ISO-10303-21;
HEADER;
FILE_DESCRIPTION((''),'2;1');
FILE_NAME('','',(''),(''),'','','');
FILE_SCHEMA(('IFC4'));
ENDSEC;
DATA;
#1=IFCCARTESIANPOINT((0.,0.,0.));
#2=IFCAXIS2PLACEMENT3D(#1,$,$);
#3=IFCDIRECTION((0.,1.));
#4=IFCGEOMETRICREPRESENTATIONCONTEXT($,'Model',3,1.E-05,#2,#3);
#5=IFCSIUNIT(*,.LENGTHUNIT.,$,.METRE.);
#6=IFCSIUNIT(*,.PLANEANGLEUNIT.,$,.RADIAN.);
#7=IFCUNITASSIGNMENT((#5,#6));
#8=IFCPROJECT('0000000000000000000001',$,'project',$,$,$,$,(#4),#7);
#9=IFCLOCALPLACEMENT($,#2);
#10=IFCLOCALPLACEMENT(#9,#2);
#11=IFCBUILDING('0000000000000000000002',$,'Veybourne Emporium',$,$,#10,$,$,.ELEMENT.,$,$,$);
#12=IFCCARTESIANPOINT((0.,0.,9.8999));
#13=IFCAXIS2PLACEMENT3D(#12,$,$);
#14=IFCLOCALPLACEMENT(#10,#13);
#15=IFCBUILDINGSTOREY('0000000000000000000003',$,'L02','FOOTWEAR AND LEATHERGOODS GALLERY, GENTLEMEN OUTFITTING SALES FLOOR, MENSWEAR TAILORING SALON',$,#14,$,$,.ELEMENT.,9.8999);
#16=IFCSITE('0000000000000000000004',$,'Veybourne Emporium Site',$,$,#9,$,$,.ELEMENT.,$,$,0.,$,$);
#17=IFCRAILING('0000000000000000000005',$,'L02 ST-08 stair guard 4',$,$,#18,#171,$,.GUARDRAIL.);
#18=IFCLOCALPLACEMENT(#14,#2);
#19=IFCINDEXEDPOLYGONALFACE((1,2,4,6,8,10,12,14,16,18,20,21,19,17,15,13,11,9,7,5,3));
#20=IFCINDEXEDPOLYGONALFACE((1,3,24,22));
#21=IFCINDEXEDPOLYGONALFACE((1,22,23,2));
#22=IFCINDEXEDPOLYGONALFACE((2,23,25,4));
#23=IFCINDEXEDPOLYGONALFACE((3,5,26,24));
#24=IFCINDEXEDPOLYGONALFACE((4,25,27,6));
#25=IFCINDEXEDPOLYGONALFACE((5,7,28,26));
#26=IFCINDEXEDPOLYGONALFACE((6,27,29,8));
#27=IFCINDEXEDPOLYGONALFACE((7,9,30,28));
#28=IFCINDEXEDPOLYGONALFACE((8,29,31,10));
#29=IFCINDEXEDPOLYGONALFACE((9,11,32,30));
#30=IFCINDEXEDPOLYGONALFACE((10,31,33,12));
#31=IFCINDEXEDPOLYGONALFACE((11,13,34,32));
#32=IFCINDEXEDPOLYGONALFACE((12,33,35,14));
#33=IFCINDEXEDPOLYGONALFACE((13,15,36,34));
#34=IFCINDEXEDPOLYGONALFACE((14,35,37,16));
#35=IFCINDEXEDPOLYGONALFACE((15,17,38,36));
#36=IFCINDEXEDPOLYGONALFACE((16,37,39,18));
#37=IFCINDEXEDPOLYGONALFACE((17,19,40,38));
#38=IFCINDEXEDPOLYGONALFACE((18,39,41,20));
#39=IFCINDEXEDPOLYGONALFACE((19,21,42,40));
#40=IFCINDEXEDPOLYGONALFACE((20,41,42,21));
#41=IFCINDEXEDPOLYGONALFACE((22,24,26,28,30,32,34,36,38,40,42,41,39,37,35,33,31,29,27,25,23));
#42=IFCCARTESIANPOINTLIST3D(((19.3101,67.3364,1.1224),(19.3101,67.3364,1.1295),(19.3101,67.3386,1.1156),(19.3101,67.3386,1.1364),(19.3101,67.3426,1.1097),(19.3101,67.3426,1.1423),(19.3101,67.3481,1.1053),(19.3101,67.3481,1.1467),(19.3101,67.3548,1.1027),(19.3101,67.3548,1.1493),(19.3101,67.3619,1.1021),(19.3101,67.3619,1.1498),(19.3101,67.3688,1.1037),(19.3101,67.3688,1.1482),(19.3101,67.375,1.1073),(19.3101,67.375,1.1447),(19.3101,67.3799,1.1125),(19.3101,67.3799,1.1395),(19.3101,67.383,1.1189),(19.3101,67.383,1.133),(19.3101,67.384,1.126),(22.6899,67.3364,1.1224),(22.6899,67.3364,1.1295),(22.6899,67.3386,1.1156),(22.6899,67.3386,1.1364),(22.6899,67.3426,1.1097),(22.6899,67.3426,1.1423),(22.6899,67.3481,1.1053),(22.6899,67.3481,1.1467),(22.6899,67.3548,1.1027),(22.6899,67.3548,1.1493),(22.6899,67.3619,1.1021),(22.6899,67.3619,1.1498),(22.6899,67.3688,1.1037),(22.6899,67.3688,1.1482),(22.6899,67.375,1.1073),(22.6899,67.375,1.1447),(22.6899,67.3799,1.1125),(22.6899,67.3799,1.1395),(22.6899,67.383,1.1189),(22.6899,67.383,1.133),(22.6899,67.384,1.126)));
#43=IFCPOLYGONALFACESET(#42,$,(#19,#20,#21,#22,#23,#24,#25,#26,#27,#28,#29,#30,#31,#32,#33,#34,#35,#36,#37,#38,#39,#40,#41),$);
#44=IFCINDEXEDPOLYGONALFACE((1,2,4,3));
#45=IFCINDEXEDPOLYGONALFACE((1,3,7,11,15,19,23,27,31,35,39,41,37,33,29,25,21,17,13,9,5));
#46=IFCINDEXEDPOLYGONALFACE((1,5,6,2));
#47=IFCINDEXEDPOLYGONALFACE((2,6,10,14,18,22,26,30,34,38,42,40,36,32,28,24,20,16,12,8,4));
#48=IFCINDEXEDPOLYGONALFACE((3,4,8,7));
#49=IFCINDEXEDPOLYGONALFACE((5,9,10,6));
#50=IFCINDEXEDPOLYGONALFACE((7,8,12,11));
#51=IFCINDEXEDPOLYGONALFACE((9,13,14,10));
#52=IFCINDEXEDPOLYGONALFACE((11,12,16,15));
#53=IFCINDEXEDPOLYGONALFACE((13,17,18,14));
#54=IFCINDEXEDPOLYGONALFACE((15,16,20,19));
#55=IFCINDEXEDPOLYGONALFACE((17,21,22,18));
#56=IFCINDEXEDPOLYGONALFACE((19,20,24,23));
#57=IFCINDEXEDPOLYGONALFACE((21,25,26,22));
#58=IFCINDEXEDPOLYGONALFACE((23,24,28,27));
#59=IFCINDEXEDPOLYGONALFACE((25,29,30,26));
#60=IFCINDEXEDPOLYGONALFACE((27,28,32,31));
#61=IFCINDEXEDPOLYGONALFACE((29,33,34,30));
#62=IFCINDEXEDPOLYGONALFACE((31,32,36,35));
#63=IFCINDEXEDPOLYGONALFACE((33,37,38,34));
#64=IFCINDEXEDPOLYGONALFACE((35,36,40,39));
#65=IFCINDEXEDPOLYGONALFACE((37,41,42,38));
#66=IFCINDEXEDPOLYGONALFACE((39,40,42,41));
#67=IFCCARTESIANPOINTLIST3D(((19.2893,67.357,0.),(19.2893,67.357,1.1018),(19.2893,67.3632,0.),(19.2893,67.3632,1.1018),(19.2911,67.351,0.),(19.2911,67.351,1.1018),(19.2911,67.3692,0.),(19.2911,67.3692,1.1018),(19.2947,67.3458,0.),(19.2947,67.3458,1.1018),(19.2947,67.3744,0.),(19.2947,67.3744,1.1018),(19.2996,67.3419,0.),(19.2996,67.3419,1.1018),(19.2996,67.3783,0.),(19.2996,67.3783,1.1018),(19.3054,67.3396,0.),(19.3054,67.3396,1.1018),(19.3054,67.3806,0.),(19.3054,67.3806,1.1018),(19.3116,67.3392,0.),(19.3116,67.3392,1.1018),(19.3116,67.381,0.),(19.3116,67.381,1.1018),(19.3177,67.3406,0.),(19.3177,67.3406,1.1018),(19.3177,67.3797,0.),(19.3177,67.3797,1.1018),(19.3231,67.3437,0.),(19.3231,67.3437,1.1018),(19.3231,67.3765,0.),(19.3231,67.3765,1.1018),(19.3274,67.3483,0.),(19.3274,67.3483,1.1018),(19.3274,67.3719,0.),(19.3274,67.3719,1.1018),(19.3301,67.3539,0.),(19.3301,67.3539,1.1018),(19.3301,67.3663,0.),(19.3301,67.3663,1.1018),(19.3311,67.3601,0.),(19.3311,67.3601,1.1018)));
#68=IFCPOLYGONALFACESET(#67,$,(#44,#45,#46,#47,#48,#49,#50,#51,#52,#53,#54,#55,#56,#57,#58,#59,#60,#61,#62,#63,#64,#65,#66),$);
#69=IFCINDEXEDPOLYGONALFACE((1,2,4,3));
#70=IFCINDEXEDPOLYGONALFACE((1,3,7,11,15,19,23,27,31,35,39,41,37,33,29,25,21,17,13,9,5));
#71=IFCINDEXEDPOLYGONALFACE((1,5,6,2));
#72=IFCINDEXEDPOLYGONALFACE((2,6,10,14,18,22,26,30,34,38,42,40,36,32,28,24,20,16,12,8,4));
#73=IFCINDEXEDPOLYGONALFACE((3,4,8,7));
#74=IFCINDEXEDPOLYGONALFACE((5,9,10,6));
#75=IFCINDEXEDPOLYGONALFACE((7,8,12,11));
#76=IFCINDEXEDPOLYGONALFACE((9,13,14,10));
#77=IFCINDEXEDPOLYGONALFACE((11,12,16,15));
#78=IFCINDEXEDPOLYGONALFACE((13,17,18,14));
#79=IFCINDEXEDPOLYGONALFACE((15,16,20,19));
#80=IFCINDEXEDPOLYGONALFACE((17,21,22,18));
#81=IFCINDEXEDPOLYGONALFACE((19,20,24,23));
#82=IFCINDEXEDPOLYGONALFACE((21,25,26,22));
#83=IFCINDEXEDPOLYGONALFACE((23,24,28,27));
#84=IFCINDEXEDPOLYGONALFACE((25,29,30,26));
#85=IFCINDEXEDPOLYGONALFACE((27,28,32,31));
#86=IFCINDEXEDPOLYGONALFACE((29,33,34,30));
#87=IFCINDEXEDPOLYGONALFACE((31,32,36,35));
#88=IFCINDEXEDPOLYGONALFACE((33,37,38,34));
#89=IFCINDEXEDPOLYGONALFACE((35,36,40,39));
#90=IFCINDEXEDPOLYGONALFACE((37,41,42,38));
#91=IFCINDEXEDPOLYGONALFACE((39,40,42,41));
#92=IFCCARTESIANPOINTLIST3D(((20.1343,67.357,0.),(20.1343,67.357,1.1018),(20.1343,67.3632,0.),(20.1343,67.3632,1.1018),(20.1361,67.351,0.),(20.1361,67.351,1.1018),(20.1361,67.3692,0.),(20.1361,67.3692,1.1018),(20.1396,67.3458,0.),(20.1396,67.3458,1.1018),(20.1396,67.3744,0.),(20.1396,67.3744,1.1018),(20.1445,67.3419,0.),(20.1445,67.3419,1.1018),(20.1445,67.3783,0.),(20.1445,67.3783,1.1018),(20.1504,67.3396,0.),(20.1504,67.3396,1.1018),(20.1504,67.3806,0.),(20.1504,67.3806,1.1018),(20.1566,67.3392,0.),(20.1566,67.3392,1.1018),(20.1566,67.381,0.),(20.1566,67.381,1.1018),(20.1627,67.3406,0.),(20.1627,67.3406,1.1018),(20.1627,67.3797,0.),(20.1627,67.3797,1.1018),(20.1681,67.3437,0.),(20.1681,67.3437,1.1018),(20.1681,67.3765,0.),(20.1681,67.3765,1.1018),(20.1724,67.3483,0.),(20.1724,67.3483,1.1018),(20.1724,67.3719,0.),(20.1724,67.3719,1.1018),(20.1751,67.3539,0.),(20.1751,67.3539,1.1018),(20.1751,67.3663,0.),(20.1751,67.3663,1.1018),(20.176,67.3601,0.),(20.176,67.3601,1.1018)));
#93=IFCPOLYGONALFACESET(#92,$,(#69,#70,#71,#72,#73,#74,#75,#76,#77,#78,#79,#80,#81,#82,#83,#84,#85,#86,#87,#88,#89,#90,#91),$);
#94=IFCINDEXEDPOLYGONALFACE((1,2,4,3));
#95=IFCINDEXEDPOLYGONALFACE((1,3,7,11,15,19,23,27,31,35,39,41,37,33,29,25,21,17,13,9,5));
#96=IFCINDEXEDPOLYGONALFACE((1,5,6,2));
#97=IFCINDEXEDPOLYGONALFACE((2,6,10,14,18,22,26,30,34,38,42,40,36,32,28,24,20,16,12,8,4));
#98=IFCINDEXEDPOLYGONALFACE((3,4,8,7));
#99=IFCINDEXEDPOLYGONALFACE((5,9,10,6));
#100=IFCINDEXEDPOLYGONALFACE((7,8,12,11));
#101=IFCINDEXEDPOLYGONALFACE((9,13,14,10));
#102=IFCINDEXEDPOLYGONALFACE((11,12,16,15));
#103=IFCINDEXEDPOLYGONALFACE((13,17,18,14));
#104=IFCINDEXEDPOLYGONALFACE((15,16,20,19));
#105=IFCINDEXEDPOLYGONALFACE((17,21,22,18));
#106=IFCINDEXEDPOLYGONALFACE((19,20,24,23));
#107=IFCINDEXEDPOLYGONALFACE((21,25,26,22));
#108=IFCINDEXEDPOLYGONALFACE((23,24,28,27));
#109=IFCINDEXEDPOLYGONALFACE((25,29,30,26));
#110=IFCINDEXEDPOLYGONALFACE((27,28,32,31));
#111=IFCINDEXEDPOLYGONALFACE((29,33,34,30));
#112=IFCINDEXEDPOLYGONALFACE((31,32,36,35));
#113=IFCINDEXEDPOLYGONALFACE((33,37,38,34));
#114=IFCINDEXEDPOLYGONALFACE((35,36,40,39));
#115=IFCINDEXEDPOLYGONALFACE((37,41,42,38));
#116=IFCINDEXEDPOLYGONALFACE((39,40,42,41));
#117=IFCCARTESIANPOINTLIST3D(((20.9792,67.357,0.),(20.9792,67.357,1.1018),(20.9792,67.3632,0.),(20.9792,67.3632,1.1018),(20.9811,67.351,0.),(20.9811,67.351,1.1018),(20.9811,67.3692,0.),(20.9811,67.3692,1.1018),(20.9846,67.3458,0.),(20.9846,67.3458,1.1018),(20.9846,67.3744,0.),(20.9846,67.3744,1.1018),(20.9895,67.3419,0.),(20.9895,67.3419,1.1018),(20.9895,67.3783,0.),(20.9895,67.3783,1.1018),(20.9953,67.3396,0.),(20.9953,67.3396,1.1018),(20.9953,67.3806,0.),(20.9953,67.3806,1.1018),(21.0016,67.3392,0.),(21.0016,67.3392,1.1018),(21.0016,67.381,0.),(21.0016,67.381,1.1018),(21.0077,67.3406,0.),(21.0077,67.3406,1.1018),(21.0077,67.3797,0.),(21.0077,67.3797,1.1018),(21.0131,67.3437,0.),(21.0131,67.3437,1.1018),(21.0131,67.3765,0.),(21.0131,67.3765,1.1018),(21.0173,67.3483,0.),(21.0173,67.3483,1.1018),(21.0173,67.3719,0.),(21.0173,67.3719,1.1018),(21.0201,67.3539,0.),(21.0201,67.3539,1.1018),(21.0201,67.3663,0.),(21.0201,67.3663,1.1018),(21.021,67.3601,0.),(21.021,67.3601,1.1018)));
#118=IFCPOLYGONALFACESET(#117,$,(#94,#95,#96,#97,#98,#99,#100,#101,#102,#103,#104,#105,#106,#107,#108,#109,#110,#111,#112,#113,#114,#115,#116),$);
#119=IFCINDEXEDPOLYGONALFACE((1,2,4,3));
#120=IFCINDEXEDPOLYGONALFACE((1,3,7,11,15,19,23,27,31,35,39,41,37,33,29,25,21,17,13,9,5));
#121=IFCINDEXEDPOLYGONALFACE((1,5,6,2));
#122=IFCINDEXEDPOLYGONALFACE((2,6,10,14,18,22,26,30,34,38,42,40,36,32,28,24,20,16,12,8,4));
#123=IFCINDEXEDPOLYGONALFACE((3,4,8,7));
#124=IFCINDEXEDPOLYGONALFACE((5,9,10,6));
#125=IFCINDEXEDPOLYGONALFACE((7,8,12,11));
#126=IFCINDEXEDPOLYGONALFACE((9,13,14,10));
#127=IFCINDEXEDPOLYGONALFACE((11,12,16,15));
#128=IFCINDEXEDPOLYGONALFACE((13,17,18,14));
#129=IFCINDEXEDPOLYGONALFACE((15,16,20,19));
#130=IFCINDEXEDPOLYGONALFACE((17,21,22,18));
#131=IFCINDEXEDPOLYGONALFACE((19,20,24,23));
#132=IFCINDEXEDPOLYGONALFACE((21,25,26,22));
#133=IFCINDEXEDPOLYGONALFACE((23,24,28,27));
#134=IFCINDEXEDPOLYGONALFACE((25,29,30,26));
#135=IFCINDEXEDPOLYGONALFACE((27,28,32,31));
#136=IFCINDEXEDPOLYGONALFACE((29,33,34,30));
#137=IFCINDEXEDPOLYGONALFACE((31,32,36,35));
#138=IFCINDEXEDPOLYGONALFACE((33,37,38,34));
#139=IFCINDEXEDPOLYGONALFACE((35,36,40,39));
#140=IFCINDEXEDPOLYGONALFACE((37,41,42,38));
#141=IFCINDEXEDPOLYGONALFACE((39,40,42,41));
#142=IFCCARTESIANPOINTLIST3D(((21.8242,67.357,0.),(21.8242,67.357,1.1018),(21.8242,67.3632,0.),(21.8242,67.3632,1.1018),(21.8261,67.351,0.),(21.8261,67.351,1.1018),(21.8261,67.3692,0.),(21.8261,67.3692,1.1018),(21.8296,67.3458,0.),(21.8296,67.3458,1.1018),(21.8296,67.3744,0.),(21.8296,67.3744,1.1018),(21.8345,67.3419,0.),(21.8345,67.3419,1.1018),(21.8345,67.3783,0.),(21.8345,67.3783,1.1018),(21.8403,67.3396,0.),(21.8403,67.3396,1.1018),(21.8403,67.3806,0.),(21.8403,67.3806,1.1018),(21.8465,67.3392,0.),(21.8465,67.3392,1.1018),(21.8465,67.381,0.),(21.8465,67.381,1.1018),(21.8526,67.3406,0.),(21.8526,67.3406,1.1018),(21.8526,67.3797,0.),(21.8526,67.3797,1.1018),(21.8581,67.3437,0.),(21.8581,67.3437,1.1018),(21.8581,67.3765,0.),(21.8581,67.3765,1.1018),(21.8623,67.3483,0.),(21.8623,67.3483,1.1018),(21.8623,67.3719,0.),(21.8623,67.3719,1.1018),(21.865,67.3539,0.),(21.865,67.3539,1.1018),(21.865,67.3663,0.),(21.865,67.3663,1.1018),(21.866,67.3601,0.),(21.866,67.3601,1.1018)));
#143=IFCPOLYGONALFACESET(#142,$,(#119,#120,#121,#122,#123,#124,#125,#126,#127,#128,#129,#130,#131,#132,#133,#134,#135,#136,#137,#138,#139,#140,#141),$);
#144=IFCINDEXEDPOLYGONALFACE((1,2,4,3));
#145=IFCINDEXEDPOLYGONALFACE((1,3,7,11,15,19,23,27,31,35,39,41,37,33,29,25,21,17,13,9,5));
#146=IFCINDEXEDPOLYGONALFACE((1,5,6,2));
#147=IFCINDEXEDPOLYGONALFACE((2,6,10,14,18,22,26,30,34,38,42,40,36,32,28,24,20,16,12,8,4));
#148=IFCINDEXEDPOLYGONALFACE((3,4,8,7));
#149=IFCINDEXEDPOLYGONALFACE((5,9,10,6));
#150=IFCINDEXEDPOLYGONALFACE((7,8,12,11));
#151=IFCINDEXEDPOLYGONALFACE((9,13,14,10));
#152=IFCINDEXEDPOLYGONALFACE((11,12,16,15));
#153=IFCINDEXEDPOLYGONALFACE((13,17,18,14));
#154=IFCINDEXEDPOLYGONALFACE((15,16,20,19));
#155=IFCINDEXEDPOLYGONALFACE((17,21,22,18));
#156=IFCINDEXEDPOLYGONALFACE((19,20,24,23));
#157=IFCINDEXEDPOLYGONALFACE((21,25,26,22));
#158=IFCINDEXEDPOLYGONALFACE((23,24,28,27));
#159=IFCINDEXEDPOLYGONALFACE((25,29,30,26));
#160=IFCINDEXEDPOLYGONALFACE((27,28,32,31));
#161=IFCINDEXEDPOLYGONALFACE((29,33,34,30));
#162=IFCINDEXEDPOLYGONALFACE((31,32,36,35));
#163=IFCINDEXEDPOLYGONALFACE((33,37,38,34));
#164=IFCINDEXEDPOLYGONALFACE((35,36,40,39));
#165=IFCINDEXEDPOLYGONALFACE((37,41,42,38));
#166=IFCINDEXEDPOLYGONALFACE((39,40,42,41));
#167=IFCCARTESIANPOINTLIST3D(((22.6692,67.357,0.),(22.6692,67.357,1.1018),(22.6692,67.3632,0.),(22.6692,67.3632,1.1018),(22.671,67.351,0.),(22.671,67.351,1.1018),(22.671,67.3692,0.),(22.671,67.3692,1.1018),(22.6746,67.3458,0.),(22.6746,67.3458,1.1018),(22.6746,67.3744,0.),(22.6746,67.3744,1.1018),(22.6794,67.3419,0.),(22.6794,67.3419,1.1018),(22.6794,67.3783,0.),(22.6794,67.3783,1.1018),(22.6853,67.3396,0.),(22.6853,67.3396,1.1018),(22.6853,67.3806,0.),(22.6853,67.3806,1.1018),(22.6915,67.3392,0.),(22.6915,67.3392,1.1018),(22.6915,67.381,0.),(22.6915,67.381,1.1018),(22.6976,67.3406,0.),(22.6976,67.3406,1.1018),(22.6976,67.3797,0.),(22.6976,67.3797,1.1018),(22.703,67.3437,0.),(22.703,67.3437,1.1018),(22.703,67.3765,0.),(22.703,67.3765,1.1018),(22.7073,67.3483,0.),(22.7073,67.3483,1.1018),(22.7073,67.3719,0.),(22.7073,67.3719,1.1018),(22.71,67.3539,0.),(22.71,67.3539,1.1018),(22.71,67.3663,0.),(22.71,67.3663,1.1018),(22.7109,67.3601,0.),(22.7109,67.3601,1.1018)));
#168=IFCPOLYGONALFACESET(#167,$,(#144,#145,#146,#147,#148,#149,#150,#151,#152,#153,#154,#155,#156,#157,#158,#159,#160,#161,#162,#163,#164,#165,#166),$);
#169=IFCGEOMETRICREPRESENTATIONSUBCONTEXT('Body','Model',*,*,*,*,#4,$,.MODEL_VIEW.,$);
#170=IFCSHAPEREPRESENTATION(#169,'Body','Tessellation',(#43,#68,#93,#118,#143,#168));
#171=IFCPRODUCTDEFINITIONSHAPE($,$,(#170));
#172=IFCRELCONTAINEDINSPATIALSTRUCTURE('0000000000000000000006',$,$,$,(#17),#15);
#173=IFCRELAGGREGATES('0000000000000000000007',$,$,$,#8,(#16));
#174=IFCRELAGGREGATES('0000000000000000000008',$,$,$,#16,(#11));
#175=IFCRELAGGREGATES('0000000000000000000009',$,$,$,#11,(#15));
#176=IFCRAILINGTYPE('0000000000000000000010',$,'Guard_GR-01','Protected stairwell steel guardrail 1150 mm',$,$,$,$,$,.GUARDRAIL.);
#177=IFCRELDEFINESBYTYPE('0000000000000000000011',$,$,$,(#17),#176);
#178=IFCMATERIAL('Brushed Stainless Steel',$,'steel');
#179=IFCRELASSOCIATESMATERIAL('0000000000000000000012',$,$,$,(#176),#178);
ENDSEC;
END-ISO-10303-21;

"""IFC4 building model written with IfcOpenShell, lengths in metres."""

from ifc_helpers import new_model, si_unit, direction, frame, origin, origin_2d, place, context, subcontext, project, spatial, circle, extrude, material, type_object, element, save


model = new_model("IFC4")

# Units and contexts
model_context = context("Model", 3, precision=1e-05, world=origin(), true_north=direction((0.0, 1.0)))
body_context = subcontext(model_context, "Body", "Model", "MODEL_VIEW")
ifc_project = project(units=[si_unit("LENGTHUNIT", "METRE"), si_unit("PLANEANGLEUNIT", "RADIAN")], contexts=[model_context])

# Site, building, storey
site_placement = place(None, origin())
site = spatial("IfcSite", under=ifc_project, at=site_placement, Name="Veybourne Emporium Site", CompositionType="ELEMENT", RefElevation=0.0)
building_placement = place(site_placement, origin())
building = spatial("IfcBuilding", under=site, at=building_placement, Name="Veybourne Emporium", CompositionType="ELEMENT")
storey_placement = place(building_placement, frame((0.0, 0.0, 9.8999)))
storey = spatial("IfcBuildingStorey", under=building, at=storey_placement, Name="L02", Description="FOOTWEAR AND LEATHERGOODS GALLERY, GENTLEMEN OUTFITTING SALES FLOOR, MENSWEAR TAILORING SALON", CompositionType="ELEMENT", Elevation=9.8999)

# Railing
ifc_material_1 = material(Name="Brushed Stainless Steel", Category="steel")
railing_type_1 = type_object("IfcRailingType", Name="Guard_GR-01", Description="Protected stairwell steel guardrail 1150 mm", PredefinedType="GUARDRAIL", material=ifc_material_1)
railing_1_placement = place(storey_placement, frame((19.3101, 67.3601, 0.0)))
element("IfcRailing", 1, at=railing_1_placement, inside=storey, type_object=railing_type_1, Name="L02 ST-08 stair guard 4", PredefinedType="GUARDRAIL", context=body_context, shape_type="SweptSolid", body=[
    extrude(circle(Radius=0.0239, at=origin_2d()), frame((0.0, 0.0, 1.126), z_axis=(1.0, 0.0, 0.0), x_axis=(0.0, 1.0, 0.0)), (0.0, 0.0, 1.0), 3.3799),
    extrude(circle(Radius=0.021, at=origin_2d()), origin(), (0.0, 0.0, 1.0), 1.1018),
    extrude(circle(Radius=0.021, at=origin_2d()), frame((0.845, 0.0, 0.0)), (0.0, 0.0, 1.0), 1.1018),
    extrude(circle(Radius=0.021, at=origin_2d()), frame((1.6899, 0.0, 0.0)), (0.0, 0.0, 1.0), 1.1018),
    extrude(circle(Radius=0.021, at=origin_2d()), frame((2.5349, 0.0, 0.0)), (0.0, 0.0, 1.0), 1.1018),
    extrude(circle(Radius=0.021, at=origin_2d()), frame((3.3799, 0.0, 0.0)), (0.0, 0.0, 1.0), 1.1018),
])

save(model, "model.ifc")
